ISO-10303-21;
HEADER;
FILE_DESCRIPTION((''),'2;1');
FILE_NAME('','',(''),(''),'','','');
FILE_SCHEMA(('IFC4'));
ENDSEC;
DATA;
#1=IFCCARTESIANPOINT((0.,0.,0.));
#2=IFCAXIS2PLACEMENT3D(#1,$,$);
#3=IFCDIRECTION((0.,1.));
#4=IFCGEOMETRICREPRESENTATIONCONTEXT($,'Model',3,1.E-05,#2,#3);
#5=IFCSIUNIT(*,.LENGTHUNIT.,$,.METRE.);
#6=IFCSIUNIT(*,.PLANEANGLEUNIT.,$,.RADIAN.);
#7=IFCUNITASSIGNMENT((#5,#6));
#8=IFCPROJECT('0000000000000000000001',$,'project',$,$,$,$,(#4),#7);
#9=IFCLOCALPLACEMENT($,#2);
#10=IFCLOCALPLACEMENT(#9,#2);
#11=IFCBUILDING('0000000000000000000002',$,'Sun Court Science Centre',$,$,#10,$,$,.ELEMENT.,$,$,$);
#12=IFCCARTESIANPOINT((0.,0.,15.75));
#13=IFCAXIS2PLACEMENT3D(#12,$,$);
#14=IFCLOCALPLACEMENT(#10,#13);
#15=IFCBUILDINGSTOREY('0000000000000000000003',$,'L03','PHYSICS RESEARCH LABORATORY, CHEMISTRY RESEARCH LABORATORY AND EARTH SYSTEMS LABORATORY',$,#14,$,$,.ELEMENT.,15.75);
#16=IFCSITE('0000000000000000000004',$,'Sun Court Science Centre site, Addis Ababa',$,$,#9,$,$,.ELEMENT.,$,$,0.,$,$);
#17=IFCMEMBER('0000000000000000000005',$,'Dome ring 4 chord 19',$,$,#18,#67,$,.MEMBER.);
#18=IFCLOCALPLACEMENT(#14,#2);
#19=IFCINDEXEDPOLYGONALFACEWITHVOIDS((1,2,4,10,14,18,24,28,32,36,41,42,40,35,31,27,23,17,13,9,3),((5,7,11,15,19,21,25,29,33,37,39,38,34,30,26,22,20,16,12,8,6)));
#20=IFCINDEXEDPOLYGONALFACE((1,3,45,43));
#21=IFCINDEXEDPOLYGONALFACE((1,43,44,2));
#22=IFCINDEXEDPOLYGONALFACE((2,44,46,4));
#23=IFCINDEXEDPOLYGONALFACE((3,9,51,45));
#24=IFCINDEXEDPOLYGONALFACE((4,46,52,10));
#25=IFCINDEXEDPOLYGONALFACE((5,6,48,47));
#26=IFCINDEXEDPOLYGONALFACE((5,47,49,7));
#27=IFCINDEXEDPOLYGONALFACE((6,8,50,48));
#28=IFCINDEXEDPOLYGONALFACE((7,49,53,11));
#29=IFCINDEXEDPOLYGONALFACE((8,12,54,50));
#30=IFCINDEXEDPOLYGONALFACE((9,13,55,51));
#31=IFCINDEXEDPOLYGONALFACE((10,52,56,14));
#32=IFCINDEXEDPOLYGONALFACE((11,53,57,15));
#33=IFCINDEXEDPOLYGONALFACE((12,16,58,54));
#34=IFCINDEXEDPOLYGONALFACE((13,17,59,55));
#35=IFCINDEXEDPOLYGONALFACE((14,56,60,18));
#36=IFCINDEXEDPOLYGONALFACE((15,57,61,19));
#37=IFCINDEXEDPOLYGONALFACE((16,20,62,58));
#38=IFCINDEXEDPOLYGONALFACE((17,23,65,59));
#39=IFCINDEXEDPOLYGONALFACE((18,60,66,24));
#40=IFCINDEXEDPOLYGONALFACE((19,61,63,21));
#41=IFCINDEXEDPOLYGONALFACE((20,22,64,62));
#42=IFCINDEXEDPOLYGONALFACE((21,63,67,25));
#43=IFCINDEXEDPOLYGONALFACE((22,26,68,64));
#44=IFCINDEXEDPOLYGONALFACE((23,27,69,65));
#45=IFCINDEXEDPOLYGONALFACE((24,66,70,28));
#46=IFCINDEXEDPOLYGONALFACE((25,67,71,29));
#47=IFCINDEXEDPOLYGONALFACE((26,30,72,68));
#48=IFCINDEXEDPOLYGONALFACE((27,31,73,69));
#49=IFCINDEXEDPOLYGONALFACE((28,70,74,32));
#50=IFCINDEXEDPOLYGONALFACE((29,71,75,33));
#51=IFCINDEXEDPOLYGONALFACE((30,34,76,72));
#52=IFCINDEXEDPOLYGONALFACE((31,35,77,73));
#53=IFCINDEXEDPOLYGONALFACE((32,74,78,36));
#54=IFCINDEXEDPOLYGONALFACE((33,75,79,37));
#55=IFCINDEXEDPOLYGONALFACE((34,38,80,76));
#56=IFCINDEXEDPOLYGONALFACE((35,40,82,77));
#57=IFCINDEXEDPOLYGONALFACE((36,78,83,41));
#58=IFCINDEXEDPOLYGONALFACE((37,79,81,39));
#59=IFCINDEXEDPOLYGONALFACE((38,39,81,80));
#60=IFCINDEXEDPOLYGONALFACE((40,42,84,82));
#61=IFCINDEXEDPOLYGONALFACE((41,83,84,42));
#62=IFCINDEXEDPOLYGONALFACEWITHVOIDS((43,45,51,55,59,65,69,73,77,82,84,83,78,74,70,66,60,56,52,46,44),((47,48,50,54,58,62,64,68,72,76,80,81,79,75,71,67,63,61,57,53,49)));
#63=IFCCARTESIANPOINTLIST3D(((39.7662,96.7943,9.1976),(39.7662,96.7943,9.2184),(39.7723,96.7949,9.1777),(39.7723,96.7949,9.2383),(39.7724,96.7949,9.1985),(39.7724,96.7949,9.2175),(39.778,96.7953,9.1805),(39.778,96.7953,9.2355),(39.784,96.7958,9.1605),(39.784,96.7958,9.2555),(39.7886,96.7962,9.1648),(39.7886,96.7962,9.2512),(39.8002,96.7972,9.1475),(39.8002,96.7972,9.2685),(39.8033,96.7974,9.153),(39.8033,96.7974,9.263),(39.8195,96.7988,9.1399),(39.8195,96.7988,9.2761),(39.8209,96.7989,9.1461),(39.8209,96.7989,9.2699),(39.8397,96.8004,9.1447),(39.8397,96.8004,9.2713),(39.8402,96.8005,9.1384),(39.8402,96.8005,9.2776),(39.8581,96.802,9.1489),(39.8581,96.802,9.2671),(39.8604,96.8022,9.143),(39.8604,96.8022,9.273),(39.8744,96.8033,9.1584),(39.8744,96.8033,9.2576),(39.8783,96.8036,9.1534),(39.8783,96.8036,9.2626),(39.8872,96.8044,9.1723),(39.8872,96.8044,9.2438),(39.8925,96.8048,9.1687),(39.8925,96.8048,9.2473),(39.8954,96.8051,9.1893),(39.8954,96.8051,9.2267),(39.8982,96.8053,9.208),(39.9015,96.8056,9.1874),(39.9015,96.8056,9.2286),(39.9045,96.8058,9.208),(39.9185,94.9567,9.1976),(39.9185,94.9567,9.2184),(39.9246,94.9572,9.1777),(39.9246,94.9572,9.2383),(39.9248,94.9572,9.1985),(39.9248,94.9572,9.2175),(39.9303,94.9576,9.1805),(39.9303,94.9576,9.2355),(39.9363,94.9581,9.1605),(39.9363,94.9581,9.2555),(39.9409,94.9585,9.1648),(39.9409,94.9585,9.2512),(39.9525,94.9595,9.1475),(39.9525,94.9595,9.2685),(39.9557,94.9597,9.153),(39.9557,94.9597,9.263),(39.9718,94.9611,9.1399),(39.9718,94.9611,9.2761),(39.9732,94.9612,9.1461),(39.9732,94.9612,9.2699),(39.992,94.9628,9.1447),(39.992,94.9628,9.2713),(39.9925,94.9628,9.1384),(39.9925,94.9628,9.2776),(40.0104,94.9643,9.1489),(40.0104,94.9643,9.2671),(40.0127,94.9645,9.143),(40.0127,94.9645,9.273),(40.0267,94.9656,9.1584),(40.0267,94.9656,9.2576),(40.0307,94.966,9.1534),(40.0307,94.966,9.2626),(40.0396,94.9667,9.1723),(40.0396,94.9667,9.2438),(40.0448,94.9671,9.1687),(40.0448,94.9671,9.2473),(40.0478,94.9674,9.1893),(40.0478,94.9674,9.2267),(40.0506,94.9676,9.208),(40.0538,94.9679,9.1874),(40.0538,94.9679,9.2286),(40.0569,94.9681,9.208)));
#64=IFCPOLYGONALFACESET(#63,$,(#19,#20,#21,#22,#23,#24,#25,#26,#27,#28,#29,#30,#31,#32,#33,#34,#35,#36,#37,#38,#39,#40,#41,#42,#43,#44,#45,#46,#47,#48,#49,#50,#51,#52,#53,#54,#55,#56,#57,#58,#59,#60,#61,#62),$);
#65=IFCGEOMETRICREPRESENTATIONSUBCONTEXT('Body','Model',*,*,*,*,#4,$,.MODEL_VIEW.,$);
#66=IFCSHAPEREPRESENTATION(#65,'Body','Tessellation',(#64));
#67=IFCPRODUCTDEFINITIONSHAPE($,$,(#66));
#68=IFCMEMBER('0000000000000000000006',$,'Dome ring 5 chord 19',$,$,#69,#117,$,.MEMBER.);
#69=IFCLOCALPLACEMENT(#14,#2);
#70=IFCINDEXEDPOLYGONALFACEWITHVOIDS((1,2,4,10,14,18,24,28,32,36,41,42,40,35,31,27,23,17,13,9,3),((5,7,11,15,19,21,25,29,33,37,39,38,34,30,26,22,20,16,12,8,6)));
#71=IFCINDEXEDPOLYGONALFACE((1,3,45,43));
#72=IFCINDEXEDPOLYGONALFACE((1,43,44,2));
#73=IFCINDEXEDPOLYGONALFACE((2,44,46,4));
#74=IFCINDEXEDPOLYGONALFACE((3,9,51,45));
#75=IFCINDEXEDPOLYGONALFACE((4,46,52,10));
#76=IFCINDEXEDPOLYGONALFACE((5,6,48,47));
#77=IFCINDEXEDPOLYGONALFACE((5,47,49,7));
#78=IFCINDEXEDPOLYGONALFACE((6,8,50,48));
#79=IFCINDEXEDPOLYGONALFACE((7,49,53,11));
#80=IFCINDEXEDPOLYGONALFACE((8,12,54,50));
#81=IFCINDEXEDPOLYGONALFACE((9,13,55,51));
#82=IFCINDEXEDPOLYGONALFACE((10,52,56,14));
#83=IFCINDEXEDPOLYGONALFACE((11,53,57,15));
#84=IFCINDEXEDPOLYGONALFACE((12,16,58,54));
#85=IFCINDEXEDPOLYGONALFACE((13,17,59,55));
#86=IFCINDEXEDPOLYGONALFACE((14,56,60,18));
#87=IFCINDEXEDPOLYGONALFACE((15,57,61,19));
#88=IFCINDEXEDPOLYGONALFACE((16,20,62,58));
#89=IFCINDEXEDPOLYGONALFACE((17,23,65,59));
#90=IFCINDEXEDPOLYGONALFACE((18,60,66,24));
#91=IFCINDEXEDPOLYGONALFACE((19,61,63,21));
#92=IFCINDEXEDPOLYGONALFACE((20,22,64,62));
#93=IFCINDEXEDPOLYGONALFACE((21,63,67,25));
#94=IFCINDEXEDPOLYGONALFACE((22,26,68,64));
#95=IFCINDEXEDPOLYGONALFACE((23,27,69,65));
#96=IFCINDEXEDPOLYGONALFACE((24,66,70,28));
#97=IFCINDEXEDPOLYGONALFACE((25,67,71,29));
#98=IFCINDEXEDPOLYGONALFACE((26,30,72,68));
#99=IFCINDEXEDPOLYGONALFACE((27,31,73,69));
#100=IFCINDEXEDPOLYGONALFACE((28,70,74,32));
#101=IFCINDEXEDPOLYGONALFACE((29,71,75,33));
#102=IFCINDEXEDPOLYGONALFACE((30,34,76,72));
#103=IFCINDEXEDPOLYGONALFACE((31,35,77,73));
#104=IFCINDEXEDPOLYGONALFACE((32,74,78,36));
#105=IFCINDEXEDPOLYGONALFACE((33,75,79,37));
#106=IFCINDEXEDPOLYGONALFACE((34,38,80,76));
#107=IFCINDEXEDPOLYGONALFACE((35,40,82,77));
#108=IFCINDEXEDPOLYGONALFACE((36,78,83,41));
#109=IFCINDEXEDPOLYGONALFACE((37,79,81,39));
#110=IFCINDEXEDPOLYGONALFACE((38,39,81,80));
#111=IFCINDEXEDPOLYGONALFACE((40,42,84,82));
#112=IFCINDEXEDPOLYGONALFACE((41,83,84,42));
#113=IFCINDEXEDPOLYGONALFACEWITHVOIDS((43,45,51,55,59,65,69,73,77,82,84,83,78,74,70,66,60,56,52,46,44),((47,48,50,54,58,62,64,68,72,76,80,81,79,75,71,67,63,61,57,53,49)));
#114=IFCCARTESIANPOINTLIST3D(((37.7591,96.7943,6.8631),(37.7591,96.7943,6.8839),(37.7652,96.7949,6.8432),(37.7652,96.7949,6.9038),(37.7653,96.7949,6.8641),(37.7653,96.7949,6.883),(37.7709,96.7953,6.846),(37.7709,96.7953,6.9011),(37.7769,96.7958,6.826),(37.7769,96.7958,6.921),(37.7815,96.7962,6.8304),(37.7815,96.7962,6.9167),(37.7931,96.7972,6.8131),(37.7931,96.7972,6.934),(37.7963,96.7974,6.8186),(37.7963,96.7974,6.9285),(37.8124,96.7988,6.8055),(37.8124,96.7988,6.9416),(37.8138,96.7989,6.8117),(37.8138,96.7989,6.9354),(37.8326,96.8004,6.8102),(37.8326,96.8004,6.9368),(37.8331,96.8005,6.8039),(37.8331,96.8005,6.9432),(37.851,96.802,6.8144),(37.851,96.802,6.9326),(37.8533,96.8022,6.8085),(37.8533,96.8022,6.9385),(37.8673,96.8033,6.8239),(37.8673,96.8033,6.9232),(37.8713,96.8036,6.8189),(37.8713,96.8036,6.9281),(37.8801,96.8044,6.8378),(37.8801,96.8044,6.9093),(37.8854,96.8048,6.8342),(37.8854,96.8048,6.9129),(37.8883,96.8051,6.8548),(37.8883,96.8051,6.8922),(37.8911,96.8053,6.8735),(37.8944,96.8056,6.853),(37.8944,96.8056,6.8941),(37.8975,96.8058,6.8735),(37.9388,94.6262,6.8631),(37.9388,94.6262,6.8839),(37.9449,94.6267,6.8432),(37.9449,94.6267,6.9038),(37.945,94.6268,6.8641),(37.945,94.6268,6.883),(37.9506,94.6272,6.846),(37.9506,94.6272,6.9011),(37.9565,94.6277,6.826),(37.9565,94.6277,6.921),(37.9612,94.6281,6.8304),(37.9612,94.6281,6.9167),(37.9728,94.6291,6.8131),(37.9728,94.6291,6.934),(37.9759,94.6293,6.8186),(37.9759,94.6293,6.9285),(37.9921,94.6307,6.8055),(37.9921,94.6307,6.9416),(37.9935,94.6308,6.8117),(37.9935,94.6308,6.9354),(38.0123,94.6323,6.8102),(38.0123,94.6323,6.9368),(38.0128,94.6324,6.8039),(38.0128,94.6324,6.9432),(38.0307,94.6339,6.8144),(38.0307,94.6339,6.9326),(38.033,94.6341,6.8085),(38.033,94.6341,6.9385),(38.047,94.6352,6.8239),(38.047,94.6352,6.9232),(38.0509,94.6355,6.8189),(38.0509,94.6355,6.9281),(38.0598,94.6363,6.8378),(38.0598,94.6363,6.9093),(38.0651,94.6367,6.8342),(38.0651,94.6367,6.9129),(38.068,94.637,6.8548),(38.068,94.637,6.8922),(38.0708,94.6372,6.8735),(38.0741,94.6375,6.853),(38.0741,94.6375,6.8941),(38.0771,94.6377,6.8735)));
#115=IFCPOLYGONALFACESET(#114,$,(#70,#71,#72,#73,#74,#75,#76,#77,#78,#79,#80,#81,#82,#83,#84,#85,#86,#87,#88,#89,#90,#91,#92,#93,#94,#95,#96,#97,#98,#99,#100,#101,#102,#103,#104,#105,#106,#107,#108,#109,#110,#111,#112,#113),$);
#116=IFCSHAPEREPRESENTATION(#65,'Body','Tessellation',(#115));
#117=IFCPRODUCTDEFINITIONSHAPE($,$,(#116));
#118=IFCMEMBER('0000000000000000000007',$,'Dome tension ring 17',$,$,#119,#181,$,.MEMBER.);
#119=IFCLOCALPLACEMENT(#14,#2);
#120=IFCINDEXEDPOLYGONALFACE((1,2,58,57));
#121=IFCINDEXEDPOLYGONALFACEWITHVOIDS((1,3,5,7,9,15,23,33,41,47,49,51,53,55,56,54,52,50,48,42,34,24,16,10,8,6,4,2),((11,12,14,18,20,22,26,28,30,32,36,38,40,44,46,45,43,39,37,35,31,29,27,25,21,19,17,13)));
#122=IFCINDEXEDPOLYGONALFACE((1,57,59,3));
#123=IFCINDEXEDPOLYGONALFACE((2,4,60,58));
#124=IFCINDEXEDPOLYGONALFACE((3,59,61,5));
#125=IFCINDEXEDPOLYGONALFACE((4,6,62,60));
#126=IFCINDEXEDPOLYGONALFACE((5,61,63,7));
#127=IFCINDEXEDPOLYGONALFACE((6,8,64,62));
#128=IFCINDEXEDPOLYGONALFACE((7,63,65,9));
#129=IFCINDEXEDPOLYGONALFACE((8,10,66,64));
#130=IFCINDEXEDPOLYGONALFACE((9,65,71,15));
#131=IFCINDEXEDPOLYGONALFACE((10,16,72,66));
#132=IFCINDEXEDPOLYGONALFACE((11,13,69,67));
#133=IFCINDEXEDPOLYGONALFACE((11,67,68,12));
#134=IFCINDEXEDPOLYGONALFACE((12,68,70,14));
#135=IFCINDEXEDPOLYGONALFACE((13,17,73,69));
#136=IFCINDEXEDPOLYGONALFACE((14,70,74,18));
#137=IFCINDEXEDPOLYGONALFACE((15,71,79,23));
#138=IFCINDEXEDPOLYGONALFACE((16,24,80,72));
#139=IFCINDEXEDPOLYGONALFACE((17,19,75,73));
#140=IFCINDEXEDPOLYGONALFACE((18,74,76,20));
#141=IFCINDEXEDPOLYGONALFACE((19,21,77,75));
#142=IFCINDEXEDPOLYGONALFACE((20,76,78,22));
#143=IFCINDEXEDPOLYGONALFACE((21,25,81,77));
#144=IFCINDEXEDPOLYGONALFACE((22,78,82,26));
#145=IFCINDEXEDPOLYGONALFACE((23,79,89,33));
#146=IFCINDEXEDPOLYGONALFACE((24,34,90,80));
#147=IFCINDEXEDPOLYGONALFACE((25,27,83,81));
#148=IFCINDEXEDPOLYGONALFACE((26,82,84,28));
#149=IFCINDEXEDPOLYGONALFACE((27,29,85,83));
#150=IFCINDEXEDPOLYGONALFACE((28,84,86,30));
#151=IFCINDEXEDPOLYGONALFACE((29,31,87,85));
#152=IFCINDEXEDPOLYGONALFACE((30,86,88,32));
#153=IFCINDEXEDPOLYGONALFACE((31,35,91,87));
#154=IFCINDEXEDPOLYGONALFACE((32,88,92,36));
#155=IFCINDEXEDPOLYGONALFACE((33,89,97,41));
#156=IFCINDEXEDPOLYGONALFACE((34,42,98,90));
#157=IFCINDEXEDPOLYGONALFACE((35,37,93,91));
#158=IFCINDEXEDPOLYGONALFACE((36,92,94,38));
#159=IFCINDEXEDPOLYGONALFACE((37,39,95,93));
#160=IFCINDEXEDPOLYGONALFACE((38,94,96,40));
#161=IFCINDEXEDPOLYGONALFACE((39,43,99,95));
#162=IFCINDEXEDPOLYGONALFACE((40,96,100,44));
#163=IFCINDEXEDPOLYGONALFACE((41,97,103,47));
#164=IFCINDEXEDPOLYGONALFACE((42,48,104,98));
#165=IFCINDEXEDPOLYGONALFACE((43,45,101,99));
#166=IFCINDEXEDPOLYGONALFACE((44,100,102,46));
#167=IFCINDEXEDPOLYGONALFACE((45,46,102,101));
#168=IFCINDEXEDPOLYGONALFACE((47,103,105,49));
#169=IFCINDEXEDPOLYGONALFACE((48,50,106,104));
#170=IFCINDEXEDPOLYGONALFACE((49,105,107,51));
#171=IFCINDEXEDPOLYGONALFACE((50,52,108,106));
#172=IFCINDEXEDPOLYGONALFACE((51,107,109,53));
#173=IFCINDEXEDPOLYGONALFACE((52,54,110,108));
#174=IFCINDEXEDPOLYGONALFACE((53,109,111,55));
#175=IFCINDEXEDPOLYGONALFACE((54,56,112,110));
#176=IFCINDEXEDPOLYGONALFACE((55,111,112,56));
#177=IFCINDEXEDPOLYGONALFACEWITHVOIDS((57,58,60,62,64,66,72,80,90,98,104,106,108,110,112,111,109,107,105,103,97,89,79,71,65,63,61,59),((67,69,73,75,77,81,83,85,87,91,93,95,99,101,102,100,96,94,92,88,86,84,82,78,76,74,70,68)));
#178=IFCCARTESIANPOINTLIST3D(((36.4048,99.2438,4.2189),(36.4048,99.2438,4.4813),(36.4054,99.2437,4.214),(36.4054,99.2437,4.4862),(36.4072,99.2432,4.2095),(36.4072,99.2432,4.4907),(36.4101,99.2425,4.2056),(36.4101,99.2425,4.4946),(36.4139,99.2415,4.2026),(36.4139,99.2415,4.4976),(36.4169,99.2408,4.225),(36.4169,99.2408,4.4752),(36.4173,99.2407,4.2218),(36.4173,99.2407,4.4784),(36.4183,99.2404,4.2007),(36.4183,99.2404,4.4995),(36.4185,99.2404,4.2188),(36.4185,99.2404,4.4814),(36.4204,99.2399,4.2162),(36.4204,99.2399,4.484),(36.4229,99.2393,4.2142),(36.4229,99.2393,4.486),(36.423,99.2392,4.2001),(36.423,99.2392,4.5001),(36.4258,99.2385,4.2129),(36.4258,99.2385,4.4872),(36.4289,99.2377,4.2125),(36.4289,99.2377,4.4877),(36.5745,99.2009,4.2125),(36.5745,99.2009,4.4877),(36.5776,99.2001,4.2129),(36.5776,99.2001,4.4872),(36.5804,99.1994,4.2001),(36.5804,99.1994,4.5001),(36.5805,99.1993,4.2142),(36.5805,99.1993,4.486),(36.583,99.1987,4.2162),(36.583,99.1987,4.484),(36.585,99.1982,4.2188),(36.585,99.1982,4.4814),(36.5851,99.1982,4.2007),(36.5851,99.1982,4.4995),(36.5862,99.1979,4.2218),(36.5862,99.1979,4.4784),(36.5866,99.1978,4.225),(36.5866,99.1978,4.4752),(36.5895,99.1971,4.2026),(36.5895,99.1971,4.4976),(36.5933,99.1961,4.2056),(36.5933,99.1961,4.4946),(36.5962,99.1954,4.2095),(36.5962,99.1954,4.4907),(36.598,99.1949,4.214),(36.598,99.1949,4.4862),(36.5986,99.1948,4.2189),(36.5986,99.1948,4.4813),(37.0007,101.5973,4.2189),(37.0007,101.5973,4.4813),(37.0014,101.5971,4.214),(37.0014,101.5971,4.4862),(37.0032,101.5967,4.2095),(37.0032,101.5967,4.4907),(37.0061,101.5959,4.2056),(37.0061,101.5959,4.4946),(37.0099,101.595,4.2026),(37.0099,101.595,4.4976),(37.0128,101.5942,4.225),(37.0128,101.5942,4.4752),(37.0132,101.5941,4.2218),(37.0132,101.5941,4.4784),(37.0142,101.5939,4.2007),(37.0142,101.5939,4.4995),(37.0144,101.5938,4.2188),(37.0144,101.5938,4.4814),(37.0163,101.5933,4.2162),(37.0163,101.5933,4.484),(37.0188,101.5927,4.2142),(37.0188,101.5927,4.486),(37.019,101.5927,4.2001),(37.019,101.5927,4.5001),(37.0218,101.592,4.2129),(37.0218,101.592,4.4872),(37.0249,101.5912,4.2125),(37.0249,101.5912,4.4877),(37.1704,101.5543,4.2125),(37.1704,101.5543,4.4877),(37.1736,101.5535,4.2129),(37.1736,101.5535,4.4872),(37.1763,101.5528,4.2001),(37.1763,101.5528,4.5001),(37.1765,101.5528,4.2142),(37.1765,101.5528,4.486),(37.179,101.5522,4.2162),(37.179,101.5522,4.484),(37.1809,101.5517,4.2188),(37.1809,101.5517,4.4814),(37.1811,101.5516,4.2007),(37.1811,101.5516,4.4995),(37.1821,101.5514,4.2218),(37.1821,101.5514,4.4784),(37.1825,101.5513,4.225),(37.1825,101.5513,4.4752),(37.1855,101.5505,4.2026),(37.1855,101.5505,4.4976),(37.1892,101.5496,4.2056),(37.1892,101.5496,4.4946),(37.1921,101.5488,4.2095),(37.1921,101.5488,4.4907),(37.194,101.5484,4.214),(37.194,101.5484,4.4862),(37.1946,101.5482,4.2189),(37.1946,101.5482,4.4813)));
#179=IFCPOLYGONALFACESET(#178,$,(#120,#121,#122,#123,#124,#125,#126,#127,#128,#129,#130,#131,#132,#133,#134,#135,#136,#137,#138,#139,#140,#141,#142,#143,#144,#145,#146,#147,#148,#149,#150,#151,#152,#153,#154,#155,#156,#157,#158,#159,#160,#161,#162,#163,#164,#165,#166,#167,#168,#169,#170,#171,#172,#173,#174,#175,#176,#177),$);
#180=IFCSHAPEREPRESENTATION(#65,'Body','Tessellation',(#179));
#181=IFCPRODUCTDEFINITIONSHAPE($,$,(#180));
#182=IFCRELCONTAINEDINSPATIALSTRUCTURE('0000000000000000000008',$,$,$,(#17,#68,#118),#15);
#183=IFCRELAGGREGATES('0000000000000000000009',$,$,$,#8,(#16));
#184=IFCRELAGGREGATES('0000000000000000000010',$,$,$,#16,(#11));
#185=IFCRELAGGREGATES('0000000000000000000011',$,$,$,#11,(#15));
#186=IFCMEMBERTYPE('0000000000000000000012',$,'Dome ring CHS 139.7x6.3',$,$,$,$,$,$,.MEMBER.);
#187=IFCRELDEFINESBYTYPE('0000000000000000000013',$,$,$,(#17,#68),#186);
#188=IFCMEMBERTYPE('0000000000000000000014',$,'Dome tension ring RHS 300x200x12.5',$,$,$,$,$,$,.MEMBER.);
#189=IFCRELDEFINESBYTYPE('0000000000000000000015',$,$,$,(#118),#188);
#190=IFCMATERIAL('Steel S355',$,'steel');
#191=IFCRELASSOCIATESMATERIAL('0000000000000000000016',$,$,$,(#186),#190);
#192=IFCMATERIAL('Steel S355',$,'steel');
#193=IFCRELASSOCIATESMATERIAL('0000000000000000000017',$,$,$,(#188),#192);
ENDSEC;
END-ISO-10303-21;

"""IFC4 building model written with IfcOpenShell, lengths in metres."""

from ifc_helpers import new_model, si_unit, direction, frame, origin, origin_2d, place, context, subcontext, project, spatial, hollow_rectangle, hollow_circle, extrude, material, material_profile, profile_set, type_object, element, save


model = new_model("IFC4")

# Units and contexts
model_context = context("Model", 3, precision=1e-05, world=origin(), true_north=direction((0.0, 1.0)))
body_context = subcontext(model_context, "Body", "Model", "MODEL_VIEW")
ifc_project = project(units=[si_unit("LENGTHUNIT", "METRE"), si_unit("PLANEANGLEUNIT", "RADIAN")], contexts=[model_context])

# Site, building, storey
site_placement = place(None, origin())
site = spatial("IfcSite", under=ifc_project, at=site_placement, Name="Sun Court Science Centre site, Addis Ababa", CompositionType="ELEMENT", RefElevation=0.0)
building_placement = place(site_placement, origin())
building = spatial("IfcBuilding", under=site, at=building_placement, Name="Sun Court Science Centre", CompositionType="ELEMENT")
storey_placement = place(building_placement, frame((0.0, 0.0, 15.75)))
storey = spatial("IfcBuildingStorey", under=building, at=storey_placement, Name="L03", Description="PHYSICS RESEARCH LABORATORY, CHEMISTRY RESEARCH LABORATORY AND EARTH SYSTEMS LABORATORY", CompositionType="ELEMENT", Elevation=15.75)

# Members
ifc_material_1 = material(Name="Steel S355", Category="steel")
ifc_material_profile_1 = material_profile(ifc_material_1, hollow_circle(Radius=0.0698, WallThickness=0.0063, at=origin_2d()), Name="CHS 139.7x6.3")
ifc_profile_set_1 = profile_set([ifc_material_profile_1], Name="Steel S355")
member_type_1 = type_object("IfcMemberType", Name="Dome ring CHS 139.7x6.3", PredefinedType="MEMBER", material=ifc_profile_set_1)
member_1_placement = place(storey_placement, frame((39.835, 96.8, 9.208), z_axis=(0.082618, -0.996581, 0.0), x_axis=(0.996581, 0.082618, 0.0)))
element("IfcMember", 1, at=member_1_placement, inside=storey, type_object=member_type_1, Name="Dome ring 4 chord 19", PredefinedType="MEMBER", context=body_context, shape_type="SweptSolid", body=[
    extrude(hollow_circle(Radius=0.0698, WallThickness=0.0063, at=origin_2d()), origin(), (0.0, 0.0, 1.0), 1.844),
])
member_2_placement = place(storey_placement, frame((37.8279, 96.8, 6.8735), z_axis=(0.08259, -0.996584, 0.0), x_axis=(0.996584, 0.08259, 0.0)))
element("IfcMember", 2, at=member_2_placement, inside=storey, type_object=member_type_1, Name="Dome ring 5 chord 19", PredefinedType="MEMBER", context=body_context, shape_type="SweptSolid", body=[
    extrude(hollow_circle(Radius=0.0698, WallThickness=0.0063, at=origin_2d()), origin(), (0.0, 0.0, 1.0), 2.1755),
])
ifc_material_2 = material(Name="Steel S355", Category="steel")
ifc_material_profile_2 = material_profile(ifc_material_2, hollow_rectangle(XDim=0.2, YDim=0.3, WallThickness=0.0125, InnerFilletRadius=0.0125, OuterFilletRadius=0.0188, at=origin_2d()), Name="RHS 300x200x12.5")
ifc_profile_set_2 = profile_set([ifc_material_profile_2], Name="Steel S355")
member_type_2 = type_object("IfcMemberType", Name="Dome tension ring RHS 300x200x12.5", PredefinedType="MEMBER", material=ifc_profile_set_2)
member_3_placement = place(storey_placement, frame((37.0977, 101.5728, 4.3501), z_axis=(-0.245469, -0.969405, 0.0), x_axis=(0.969405, -0.245469, 0.0)))
element("IfcMember", 3, at=member_3_placement, inside=storey, type_object=member_type_2, Name="Dome tension ring 17", PredefinedType="MEMBER", context=body_context, shape_type="SweptSolid", body=[
    extrude(hollow_rectangle(XDim=0.2, YDim=0.3, WallThickness=0.0125, InnerFilletRadius=0.0125, OuterFilletRadius=0.0188, at=origin_2d()), origin(), (0.0, 0.0, 1.0), 2.4277),
])

save(model, "model.ifc")
